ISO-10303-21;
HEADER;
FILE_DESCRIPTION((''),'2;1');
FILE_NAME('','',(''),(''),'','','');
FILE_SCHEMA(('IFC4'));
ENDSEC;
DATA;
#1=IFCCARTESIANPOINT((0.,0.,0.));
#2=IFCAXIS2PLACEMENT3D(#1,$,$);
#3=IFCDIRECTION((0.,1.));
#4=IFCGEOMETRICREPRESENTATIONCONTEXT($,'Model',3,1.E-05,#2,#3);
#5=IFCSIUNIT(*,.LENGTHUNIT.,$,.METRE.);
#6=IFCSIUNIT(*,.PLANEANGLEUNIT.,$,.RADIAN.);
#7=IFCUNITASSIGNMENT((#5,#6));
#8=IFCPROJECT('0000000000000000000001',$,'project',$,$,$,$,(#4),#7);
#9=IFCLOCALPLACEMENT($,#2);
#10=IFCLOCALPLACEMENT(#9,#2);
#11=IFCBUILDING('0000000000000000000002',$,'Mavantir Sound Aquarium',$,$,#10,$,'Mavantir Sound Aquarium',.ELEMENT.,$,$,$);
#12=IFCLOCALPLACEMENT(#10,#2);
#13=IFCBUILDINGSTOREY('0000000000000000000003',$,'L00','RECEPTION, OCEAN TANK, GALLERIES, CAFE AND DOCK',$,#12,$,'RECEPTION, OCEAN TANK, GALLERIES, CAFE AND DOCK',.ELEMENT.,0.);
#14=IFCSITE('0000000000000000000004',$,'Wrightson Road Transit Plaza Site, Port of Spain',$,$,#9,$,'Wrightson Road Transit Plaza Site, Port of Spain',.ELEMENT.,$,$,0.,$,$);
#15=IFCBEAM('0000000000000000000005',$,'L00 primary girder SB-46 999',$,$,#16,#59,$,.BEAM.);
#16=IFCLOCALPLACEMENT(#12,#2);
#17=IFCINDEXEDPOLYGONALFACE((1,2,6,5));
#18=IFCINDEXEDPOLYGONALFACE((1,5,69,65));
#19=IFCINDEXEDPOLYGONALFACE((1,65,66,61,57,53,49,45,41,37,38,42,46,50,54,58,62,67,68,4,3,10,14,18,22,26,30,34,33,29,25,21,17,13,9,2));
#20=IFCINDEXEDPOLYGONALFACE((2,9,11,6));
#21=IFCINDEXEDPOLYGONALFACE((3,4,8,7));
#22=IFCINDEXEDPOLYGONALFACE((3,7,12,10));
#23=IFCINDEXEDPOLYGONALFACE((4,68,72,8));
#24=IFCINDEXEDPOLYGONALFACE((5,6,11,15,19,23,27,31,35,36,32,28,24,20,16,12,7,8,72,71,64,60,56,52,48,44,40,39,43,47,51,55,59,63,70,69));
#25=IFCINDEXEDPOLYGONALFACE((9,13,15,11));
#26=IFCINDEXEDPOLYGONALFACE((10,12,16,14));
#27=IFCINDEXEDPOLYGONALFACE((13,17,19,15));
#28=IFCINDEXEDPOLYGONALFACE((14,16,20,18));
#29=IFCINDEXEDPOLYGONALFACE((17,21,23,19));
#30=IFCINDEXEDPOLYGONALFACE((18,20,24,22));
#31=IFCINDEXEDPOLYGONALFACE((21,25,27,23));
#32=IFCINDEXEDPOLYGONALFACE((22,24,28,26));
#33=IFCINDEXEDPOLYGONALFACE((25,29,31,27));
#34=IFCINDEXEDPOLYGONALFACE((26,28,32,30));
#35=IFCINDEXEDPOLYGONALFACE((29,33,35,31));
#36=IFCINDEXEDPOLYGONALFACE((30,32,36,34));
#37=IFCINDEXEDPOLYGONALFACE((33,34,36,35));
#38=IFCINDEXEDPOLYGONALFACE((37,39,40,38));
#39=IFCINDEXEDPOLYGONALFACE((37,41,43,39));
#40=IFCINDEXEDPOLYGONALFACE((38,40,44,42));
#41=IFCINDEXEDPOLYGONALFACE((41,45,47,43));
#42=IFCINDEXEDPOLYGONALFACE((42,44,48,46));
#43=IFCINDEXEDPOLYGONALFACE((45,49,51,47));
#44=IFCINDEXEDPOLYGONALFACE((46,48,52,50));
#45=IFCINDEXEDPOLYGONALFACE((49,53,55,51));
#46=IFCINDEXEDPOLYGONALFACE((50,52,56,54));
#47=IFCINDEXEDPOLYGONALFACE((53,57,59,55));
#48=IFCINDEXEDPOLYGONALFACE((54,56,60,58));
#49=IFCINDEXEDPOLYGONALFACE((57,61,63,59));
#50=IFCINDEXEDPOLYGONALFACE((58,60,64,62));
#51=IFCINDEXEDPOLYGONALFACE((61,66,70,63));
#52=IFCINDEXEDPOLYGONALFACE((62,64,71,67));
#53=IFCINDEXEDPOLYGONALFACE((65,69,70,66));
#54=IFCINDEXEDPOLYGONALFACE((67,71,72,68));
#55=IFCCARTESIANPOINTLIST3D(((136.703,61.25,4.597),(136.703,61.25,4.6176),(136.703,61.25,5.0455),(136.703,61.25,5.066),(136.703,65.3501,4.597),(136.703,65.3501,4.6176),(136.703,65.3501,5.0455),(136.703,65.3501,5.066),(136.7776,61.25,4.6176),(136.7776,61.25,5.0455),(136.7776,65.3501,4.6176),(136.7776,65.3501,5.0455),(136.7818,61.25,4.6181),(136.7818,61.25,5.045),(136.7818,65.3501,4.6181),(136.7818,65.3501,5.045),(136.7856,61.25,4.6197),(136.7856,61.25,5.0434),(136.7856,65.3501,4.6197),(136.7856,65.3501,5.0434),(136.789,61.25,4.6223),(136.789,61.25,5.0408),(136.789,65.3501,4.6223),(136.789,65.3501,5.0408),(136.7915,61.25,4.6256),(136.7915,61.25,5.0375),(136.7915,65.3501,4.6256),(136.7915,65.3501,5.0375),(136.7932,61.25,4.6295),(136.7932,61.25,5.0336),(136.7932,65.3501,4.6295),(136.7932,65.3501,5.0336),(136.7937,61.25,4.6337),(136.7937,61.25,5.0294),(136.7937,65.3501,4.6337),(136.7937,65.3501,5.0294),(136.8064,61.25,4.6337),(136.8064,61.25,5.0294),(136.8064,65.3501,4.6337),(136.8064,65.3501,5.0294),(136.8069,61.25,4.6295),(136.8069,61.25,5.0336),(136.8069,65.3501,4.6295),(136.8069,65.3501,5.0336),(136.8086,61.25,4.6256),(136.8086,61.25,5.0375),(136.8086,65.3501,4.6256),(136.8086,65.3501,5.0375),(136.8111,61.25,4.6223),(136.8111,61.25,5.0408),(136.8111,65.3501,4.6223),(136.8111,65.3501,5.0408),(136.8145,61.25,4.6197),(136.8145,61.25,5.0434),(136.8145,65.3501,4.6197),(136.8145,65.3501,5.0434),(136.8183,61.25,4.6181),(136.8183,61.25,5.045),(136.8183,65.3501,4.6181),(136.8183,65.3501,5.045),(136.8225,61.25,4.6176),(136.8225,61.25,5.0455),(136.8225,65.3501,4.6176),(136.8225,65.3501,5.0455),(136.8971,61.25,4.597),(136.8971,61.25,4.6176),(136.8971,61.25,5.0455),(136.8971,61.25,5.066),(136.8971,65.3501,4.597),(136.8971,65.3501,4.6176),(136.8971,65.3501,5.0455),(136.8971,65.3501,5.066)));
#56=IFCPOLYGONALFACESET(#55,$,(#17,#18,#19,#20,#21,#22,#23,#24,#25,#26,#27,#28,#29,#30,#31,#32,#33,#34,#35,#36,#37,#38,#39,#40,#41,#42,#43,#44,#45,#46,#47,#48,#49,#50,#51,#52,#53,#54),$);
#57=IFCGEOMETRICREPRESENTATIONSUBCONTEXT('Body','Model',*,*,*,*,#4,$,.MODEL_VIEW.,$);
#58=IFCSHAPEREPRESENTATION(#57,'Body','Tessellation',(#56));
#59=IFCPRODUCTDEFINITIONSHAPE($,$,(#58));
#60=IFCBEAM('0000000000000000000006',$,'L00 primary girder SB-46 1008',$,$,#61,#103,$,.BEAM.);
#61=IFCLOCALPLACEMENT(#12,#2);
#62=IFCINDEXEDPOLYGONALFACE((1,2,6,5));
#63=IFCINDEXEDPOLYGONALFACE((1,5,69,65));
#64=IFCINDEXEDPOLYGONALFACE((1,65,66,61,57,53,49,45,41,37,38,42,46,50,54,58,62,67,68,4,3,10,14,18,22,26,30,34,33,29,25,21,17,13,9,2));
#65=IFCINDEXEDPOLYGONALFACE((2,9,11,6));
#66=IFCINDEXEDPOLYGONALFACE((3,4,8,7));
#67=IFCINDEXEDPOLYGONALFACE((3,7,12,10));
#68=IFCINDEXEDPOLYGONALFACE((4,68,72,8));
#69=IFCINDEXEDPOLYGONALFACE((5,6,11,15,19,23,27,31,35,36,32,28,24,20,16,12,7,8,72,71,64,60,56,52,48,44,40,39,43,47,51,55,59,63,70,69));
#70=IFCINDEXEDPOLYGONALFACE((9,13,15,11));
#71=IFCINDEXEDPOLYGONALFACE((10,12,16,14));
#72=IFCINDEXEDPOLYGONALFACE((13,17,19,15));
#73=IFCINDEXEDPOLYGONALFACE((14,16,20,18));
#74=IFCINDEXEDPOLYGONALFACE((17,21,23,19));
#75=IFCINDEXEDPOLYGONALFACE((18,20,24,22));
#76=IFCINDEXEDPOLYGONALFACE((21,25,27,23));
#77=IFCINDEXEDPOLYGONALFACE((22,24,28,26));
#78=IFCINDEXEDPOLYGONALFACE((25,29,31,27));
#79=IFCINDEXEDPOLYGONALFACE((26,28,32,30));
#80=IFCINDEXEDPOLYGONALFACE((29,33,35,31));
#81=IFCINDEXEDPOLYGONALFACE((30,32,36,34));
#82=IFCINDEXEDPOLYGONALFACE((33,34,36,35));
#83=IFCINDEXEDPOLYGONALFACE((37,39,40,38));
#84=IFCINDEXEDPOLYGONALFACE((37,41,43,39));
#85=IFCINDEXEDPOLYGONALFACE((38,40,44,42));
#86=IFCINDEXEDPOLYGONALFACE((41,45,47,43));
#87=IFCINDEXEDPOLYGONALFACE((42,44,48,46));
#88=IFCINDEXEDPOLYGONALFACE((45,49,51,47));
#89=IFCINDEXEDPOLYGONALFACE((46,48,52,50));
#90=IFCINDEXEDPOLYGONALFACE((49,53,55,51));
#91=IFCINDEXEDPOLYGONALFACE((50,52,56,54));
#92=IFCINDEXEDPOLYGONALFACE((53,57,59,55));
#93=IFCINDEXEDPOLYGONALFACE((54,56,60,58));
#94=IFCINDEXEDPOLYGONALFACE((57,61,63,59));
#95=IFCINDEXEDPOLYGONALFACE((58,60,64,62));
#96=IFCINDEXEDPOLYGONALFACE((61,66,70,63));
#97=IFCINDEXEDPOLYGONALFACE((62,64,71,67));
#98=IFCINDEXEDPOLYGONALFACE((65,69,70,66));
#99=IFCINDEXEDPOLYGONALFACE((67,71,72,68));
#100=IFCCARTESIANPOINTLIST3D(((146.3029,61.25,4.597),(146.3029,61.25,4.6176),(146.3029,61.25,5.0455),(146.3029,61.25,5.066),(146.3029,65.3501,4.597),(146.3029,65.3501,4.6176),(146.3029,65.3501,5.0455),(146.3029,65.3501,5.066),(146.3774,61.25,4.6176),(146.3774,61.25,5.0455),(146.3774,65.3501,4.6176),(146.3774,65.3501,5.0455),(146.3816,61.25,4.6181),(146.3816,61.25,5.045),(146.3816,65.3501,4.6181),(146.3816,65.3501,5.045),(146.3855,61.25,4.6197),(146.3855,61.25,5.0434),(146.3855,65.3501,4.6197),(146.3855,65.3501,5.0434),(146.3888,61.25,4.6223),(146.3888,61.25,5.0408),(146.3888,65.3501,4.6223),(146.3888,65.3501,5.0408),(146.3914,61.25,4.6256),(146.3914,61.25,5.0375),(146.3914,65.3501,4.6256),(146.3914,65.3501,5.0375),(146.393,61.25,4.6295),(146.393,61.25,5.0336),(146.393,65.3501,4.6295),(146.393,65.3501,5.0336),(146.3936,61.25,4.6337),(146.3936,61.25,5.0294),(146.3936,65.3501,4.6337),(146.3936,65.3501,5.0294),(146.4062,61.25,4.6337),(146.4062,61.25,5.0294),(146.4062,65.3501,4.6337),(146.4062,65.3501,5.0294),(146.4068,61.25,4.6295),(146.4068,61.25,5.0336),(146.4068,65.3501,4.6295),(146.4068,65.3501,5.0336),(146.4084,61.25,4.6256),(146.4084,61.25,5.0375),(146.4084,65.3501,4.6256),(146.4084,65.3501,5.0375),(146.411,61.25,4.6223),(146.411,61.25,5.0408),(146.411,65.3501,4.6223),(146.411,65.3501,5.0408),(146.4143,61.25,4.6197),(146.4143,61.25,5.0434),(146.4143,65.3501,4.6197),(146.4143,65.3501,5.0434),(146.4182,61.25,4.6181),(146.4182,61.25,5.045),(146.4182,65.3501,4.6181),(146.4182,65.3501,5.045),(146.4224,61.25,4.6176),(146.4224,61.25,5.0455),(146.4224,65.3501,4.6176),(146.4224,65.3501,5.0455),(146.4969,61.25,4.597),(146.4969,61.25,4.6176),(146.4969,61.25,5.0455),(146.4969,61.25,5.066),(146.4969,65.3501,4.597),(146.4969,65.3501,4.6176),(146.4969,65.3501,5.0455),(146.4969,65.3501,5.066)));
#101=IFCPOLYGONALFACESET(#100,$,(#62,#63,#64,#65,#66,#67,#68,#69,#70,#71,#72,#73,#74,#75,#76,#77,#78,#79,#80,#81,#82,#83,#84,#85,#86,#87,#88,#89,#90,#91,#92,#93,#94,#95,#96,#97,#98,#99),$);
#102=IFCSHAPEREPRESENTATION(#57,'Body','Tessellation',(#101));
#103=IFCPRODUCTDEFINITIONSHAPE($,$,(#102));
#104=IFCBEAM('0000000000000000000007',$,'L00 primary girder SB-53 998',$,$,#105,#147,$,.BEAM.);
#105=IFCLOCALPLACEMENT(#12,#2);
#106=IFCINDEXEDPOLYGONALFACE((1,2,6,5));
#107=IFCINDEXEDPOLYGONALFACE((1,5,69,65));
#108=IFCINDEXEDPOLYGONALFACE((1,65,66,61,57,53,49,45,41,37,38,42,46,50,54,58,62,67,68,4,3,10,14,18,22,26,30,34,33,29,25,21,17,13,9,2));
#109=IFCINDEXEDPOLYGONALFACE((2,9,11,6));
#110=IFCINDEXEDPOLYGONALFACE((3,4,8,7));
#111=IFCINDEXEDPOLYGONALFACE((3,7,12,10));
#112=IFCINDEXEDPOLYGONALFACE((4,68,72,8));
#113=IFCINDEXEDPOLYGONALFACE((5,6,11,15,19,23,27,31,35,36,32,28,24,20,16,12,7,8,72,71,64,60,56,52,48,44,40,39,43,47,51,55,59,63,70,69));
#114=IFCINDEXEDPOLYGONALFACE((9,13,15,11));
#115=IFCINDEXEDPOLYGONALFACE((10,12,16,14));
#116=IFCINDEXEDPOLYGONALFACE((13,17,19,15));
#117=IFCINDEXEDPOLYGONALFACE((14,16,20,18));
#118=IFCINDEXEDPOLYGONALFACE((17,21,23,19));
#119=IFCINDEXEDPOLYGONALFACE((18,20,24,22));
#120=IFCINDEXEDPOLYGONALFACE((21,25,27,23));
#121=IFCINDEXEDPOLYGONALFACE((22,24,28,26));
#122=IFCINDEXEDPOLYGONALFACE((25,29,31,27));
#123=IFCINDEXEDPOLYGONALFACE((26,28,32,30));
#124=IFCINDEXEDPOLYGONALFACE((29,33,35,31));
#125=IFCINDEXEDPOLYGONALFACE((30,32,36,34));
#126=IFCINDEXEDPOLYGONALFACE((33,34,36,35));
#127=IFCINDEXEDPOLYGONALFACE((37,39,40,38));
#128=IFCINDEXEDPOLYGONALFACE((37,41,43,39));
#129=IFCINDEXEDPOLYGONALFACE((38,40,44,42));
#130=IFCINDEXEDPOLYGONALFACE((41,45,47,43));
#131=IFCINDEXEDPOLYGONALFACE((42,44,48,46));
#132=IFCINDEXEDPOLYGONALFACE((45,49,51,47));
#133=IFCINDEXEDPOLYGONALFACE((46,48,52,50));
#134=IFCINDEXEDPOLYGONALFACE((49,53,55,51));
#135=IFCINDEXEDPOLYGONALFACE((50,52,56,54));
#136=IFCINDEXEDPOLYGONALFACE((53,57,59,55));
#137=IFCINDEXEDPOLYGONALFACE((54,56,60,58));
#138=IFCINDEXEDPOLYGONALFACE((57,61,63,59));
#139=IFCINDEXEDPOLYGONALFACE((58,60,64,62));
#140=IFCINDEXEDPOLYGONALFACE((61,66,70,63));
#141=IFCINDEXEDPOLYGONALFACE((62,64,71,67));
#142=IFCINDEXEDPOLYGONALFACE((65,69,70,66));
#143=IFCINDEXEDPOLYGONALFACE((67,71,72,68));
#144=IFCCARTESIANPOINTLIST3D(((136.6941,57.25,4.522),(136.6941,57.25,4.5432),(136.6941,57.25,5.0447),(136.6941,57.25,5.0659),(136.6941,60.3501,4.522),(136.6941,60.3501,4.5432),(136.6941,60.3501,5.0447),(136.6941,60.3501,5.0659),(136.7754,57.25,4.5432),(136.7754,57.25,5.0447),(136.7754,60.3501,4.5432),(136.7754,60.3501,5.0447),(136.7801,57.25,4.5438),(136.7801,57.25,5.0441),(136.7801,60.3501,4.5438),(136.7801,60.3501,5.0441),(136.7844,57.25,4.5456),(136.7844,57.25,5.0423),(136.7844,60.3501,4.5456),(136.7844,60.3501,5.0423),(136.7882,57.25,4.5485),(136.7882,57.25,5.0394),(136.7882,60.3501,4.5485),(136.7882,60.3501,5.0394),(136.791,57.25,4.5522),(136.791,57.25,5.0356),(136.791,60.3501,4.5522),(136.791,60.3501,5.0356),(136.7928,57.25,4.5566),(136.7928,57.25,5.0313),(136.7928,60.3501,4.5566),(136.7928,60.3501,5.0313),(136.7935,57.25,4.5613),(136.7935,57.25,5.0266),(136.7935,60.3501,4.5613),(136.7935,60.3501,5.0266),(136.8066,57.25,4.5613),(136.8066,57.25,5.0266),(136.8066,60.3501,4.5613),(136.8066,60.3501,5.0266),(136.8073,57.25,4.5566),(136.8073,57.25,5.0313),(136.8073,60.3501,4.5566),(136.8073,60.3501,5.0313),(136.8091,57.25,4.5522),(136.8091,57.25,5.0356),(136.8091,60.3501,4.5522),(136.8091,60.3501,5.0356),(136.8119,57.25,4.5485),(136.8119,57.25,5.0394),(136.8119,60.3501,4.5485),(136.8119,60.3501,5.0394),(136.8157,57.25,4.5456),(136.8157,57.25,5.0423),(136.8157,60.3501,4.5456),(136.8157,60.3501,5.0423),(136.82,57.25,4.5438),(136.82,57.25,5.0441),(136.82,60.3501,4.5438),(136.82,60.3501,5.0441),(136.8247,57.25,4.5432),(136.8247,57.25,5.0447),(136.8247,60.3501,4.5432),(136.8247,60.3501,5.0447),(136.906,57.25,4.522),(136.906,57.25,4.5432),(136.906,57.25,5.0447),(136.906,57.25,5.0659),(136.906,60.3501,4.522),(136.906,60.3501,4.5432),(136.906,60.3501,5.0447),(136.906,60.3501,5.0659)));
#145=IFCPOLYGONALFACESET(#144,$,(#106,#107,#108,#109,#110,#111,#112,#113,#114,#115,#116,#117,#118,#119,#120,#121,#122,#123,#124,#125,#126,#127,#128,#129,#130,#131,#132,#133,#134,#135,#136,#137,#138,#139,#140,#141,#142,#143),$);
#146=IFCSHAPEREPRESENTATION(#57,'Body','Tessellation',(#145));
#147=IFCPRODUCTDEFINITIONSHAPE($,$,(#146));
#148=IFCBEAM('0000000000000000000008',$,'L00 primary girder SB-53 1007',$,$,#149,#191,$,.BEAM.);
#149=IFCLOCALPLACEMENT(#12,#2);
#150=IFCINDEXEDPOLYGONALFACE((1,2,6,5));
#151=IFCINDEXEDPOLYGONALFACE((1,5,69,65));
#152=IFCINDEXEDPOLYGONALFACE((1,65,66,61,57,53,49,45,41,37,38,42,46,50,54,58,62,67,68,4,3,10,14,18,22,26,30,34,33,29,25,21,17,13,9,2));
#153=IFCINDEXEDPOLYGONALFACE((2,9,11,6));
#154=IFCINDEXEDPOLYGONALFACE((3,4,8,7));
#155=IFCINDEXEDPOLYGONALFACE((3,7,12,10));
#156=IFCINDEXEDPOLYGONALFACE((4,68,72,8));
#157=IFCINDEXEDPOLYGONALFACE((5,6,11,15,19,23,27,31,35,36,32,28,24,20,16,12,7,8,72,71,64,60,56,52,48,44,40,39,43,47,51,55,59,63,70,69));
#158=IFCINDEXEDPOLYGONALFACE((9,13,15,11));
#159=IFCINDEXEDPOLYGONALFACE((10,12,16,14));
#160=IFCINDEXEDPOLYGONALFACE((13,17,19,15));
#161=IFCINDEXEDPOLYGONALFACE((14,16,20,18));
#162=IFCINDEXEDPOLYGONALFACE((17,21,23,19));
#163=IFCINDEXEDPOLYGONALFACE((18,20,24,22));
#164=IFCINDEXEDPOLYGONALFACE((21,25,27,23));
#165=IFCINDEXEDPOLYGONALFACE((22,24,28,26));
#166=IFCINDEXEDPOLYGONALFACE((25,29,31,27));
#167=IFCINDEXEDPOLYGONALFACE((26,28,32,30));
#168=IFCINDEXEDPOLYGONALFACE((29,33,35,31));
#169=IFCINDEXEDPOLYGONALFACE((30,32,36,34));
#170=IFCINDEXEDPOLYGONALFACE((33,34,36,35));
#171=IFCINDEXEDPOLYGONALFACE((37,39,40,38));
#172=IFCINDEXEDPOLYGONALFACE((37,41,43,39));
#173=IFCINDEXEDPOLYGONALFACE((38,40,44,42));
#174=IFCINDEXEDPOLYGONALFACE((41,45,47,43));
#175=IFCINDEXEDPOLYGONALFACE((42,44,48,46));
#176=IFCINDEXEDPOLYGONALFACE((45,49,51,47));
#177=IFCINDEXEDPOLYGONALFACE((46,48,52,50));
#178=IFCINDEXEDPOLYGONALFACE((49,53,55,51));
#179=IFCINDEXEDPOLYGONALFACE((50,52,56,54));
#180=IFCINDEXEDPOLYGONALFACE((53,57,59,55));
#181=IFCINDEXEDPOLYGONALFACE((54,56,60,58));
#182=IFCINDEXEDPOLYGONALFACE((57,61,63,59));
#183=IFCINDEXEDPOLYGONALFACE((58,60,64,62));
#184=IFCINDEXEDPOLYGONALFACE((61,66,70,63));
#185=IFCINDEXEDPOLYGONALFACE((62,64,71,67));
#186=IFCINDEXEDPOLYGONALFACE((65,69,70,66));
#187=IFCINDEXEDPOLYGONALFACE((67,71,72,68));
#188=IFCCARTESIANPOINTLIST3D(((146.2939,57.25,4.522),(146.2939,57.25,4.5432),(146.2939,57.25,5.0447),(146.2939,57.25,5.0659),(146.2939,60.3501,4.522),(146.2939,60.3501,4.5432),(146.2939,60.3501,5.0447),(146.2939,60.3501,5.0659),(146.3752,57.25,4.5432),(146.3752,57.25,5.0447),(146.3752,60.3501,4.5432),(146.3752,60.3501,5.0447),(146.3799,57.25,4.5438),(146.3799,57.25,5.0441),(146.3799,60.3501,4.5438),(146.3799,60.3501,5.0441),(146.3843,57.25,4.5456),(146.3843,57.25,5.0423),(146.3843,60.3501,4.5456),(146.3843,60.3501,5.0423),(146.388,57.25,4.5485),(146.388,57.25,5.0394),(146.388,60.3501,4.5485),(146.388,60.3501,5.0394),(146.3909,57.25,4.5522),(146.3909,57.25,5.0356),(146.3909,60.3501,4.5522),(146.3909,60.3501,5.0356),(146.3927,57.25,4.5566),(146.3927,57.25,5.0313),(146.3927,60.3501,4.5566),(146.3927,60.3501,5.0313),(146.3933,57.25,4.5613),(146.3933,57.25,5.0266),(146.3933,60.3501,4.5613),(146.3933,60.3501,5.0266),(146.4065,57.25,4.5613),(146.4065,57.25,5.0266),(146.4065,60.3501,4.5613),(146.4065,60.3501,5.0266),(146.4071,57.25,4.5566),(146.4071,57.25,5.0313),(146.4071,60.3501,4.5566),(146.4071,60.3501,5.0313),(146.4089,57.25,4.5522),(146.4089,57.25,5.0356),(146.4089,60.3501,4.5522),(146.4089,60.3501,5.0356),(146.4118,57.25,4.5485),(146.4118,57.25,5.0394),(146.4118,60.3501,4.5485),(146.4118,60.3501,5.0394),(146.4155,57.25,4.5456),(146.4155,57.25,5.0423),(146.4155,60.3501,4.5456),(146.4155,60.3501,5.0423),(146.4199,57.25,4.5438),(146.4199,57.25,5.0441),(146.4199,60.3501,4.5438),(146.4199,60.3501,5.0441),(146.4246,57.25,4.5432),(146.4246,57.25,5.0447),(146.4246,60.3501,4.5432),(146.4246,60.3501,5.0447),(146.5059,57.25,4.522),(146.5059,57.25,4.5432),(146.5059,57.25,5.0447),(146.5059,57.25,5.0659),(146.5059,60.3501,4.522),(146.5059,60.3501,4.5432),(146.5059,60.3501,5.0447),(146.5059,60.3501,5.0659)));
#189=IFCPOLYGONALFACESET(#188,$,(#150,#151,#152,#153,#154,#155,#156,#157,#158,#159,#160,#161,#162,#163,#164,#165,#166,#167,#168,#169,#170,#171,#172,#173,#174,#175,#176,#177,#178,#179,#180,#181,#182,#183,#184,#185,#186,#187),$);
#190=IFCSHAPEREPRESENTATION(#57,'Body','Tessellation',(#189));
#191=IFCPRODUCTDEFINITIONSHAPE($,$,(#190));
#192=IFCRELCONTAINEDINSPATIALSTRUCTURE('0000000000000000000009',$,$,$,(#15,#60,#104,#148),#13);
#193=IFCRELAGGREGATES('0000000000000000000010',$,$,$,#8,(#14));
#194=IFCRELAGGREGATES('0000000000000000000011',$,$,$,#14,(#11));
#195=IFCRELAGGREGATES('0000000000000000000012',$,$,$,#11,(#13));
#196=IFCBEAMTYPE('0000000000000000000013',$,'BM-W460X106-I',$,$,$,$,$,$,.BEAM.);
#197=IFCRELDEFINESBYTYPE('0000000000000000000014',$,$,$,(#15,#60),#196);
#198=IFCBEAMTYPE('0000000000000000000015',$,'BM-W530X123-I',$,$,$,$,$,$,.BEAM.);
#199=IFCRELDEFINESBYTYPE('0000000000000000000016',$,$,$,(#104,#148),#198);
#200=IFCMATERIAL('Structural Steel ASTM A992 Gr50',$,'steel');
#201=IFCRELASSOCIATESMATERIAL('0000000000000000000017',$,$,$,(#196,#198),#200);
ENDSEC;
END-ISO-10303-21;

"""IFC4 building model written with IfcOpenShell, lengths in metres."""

from ifc_helpers import new_model, si_unit, direction, frame, origin, origin_2d, place, context, subcontext, project, spatial, i_section, extrude, material, material_profile, profile_set, type_object, element, save


model = new_model("IFC4")

# Units and contexts
model_context = context("Model", 3, precision=1e-05, world=origin(), true_north=direction((0.0, 1.0)))
body_context = subcontext(model_context, "Body", "Model", "MODEL_VIEW")
ifc_project = project(units=[si_unit("LENGTHUNIT", "METRE"), si_unit("PLANEANGLEUNIT", "RADIAN")], contexts=[model_context])

# Site, building, storey
site_placement = place(None, origin())
site = spatial("IfcSite", under=ifc_project, at=site_placement, Name="Wrightson Road Transit Plaza Site, Port of Spain", LongName="Wrightson Road Transit Plaza Site, Port of Spain", CompositionType="ELEMENT", RefElevation=0.0)
building_placement = place(site_placement, origin())
building = spatial("IfcBuilding", under=site, at=building_placement, Name="Mavantir Sound Aquarium", LongName="Mavantir Sound Aquarium", CompositionType="ELEMENT")
storey_placement = place(building_placement, origin())
storey = spatial("IfcBuildingStorey", under=building, at=storey_placement, Name="L00", Description="RECEPTION, OCEAN TANK, GALLERIES, CAFE AND DOCK", LongName="RECEPTION, OCEAN TANK, GALLERIES, CAFE AND DOCK", CompositionType="ELEMENT", Elevation=0.0)

# Beams
ifc_material_1 = material(Name="Structural Steel ASTM A992 Gr50", Category="steel")
ifc_material_profile_1 = material_profile(ifc_material_1, i_section(OverallWidth=0.1941, OverallDepth=0.469, WebThickness=0.0127, FlangeThickness=0.0205, FilletRadius=0.0161, at=origin_2d()), Name="W460X106")
ifc_profile_set_1 = profile_set([ifc_material_profile_1], Name="Structural Steel ASTM A992 Gr50")
beam_type_1 = type_object("IfcBeamType", Name="BM-W460X106-I", PredefinedType="BEAM", material=ifc_profile_set_1)
for number, where, z_axis, x_axis, name in (
    (1, (136.8, 61.25, 4.8315), (0.0, 1.0, 0.0), (-1.0, 0.0, 0.0), "L00 primary girder SB-46 999"),
    (2, (146.3999, 61.25, 4.8315), (0.0, 1.0, 0.0), (-1.0, 0.0, 0.0), "L00 primary girder SB-46 1008"),
):
    element("IfcBeam", number, at=place(storey_placement, frame(where, z_axis=z_axis, x_axis=x_axis)), inside=storey, type_object=beam_type_1, Name=name, PredefinedType="BEAM", context=body_context, shape_type="SweptSolid", body=[
        extrude(i_section(OverallWidth=0.1941, OverallDepth=0.469, WebThickness=0.0127, FlangeThickness=0.0205, FilletRadius=0.0161, at=origin_2d()), origin(), (0.0, 0.0, 1.0), 4.1001),
    ])
ifc_material_profile_2 = material_profile(ifc_material_1, i_section(OverallWidth=0.2119, OverallDepth=0.5439, WebThickness=0.0132, FlangeThickness=0.0212, FilletRadius=0.0181, at=origin_2d()), Name="W530X123")
ifc_profile_set_2 = profile_set([ifc_material_profile_2], Name="Structural Steel ASTM A992 Gr50")
beam_type_2 = type_object("IfcBeamType", Name="BM-W530X123-I", PredefinedType="BEAM", material=ifc_profile_set_2)
for number, where, z_axis, x_axis, name in (
    (3, (136.8, 57.25, 4.7939), (0.0, 1.0, 0.0), (-1.0, 0.0, 0.0), "L00 primary girder SB-53 998"),
    (4, (146.3999, 57.25, 4.7939), (0.0, 1.0, 0.0), (-1.0, 0.0, 0.0), "L00 primary girder SB-53 1007"),
):
    element("IfcBeam", number, at=place(storey_placement, frame(where, z_axis=z_axis, x_axis=x_axis)), inside=storey, type_object=beam_type_2, Name=name, PredefinedType="BEAM", context=body_context, shape_type="SweptSolid", body=[
        extrude(i_section(OverallWidth=0.2119, OverallDepth=0.5439, WebThickness=0.0132, FlangeThickness=0.0212, FilletRadius=0.0181, at=origin_2d()), origin(), (0.0, 0.0, 1.0), 3.1001),
    ])

save(model, "model.ifc")
